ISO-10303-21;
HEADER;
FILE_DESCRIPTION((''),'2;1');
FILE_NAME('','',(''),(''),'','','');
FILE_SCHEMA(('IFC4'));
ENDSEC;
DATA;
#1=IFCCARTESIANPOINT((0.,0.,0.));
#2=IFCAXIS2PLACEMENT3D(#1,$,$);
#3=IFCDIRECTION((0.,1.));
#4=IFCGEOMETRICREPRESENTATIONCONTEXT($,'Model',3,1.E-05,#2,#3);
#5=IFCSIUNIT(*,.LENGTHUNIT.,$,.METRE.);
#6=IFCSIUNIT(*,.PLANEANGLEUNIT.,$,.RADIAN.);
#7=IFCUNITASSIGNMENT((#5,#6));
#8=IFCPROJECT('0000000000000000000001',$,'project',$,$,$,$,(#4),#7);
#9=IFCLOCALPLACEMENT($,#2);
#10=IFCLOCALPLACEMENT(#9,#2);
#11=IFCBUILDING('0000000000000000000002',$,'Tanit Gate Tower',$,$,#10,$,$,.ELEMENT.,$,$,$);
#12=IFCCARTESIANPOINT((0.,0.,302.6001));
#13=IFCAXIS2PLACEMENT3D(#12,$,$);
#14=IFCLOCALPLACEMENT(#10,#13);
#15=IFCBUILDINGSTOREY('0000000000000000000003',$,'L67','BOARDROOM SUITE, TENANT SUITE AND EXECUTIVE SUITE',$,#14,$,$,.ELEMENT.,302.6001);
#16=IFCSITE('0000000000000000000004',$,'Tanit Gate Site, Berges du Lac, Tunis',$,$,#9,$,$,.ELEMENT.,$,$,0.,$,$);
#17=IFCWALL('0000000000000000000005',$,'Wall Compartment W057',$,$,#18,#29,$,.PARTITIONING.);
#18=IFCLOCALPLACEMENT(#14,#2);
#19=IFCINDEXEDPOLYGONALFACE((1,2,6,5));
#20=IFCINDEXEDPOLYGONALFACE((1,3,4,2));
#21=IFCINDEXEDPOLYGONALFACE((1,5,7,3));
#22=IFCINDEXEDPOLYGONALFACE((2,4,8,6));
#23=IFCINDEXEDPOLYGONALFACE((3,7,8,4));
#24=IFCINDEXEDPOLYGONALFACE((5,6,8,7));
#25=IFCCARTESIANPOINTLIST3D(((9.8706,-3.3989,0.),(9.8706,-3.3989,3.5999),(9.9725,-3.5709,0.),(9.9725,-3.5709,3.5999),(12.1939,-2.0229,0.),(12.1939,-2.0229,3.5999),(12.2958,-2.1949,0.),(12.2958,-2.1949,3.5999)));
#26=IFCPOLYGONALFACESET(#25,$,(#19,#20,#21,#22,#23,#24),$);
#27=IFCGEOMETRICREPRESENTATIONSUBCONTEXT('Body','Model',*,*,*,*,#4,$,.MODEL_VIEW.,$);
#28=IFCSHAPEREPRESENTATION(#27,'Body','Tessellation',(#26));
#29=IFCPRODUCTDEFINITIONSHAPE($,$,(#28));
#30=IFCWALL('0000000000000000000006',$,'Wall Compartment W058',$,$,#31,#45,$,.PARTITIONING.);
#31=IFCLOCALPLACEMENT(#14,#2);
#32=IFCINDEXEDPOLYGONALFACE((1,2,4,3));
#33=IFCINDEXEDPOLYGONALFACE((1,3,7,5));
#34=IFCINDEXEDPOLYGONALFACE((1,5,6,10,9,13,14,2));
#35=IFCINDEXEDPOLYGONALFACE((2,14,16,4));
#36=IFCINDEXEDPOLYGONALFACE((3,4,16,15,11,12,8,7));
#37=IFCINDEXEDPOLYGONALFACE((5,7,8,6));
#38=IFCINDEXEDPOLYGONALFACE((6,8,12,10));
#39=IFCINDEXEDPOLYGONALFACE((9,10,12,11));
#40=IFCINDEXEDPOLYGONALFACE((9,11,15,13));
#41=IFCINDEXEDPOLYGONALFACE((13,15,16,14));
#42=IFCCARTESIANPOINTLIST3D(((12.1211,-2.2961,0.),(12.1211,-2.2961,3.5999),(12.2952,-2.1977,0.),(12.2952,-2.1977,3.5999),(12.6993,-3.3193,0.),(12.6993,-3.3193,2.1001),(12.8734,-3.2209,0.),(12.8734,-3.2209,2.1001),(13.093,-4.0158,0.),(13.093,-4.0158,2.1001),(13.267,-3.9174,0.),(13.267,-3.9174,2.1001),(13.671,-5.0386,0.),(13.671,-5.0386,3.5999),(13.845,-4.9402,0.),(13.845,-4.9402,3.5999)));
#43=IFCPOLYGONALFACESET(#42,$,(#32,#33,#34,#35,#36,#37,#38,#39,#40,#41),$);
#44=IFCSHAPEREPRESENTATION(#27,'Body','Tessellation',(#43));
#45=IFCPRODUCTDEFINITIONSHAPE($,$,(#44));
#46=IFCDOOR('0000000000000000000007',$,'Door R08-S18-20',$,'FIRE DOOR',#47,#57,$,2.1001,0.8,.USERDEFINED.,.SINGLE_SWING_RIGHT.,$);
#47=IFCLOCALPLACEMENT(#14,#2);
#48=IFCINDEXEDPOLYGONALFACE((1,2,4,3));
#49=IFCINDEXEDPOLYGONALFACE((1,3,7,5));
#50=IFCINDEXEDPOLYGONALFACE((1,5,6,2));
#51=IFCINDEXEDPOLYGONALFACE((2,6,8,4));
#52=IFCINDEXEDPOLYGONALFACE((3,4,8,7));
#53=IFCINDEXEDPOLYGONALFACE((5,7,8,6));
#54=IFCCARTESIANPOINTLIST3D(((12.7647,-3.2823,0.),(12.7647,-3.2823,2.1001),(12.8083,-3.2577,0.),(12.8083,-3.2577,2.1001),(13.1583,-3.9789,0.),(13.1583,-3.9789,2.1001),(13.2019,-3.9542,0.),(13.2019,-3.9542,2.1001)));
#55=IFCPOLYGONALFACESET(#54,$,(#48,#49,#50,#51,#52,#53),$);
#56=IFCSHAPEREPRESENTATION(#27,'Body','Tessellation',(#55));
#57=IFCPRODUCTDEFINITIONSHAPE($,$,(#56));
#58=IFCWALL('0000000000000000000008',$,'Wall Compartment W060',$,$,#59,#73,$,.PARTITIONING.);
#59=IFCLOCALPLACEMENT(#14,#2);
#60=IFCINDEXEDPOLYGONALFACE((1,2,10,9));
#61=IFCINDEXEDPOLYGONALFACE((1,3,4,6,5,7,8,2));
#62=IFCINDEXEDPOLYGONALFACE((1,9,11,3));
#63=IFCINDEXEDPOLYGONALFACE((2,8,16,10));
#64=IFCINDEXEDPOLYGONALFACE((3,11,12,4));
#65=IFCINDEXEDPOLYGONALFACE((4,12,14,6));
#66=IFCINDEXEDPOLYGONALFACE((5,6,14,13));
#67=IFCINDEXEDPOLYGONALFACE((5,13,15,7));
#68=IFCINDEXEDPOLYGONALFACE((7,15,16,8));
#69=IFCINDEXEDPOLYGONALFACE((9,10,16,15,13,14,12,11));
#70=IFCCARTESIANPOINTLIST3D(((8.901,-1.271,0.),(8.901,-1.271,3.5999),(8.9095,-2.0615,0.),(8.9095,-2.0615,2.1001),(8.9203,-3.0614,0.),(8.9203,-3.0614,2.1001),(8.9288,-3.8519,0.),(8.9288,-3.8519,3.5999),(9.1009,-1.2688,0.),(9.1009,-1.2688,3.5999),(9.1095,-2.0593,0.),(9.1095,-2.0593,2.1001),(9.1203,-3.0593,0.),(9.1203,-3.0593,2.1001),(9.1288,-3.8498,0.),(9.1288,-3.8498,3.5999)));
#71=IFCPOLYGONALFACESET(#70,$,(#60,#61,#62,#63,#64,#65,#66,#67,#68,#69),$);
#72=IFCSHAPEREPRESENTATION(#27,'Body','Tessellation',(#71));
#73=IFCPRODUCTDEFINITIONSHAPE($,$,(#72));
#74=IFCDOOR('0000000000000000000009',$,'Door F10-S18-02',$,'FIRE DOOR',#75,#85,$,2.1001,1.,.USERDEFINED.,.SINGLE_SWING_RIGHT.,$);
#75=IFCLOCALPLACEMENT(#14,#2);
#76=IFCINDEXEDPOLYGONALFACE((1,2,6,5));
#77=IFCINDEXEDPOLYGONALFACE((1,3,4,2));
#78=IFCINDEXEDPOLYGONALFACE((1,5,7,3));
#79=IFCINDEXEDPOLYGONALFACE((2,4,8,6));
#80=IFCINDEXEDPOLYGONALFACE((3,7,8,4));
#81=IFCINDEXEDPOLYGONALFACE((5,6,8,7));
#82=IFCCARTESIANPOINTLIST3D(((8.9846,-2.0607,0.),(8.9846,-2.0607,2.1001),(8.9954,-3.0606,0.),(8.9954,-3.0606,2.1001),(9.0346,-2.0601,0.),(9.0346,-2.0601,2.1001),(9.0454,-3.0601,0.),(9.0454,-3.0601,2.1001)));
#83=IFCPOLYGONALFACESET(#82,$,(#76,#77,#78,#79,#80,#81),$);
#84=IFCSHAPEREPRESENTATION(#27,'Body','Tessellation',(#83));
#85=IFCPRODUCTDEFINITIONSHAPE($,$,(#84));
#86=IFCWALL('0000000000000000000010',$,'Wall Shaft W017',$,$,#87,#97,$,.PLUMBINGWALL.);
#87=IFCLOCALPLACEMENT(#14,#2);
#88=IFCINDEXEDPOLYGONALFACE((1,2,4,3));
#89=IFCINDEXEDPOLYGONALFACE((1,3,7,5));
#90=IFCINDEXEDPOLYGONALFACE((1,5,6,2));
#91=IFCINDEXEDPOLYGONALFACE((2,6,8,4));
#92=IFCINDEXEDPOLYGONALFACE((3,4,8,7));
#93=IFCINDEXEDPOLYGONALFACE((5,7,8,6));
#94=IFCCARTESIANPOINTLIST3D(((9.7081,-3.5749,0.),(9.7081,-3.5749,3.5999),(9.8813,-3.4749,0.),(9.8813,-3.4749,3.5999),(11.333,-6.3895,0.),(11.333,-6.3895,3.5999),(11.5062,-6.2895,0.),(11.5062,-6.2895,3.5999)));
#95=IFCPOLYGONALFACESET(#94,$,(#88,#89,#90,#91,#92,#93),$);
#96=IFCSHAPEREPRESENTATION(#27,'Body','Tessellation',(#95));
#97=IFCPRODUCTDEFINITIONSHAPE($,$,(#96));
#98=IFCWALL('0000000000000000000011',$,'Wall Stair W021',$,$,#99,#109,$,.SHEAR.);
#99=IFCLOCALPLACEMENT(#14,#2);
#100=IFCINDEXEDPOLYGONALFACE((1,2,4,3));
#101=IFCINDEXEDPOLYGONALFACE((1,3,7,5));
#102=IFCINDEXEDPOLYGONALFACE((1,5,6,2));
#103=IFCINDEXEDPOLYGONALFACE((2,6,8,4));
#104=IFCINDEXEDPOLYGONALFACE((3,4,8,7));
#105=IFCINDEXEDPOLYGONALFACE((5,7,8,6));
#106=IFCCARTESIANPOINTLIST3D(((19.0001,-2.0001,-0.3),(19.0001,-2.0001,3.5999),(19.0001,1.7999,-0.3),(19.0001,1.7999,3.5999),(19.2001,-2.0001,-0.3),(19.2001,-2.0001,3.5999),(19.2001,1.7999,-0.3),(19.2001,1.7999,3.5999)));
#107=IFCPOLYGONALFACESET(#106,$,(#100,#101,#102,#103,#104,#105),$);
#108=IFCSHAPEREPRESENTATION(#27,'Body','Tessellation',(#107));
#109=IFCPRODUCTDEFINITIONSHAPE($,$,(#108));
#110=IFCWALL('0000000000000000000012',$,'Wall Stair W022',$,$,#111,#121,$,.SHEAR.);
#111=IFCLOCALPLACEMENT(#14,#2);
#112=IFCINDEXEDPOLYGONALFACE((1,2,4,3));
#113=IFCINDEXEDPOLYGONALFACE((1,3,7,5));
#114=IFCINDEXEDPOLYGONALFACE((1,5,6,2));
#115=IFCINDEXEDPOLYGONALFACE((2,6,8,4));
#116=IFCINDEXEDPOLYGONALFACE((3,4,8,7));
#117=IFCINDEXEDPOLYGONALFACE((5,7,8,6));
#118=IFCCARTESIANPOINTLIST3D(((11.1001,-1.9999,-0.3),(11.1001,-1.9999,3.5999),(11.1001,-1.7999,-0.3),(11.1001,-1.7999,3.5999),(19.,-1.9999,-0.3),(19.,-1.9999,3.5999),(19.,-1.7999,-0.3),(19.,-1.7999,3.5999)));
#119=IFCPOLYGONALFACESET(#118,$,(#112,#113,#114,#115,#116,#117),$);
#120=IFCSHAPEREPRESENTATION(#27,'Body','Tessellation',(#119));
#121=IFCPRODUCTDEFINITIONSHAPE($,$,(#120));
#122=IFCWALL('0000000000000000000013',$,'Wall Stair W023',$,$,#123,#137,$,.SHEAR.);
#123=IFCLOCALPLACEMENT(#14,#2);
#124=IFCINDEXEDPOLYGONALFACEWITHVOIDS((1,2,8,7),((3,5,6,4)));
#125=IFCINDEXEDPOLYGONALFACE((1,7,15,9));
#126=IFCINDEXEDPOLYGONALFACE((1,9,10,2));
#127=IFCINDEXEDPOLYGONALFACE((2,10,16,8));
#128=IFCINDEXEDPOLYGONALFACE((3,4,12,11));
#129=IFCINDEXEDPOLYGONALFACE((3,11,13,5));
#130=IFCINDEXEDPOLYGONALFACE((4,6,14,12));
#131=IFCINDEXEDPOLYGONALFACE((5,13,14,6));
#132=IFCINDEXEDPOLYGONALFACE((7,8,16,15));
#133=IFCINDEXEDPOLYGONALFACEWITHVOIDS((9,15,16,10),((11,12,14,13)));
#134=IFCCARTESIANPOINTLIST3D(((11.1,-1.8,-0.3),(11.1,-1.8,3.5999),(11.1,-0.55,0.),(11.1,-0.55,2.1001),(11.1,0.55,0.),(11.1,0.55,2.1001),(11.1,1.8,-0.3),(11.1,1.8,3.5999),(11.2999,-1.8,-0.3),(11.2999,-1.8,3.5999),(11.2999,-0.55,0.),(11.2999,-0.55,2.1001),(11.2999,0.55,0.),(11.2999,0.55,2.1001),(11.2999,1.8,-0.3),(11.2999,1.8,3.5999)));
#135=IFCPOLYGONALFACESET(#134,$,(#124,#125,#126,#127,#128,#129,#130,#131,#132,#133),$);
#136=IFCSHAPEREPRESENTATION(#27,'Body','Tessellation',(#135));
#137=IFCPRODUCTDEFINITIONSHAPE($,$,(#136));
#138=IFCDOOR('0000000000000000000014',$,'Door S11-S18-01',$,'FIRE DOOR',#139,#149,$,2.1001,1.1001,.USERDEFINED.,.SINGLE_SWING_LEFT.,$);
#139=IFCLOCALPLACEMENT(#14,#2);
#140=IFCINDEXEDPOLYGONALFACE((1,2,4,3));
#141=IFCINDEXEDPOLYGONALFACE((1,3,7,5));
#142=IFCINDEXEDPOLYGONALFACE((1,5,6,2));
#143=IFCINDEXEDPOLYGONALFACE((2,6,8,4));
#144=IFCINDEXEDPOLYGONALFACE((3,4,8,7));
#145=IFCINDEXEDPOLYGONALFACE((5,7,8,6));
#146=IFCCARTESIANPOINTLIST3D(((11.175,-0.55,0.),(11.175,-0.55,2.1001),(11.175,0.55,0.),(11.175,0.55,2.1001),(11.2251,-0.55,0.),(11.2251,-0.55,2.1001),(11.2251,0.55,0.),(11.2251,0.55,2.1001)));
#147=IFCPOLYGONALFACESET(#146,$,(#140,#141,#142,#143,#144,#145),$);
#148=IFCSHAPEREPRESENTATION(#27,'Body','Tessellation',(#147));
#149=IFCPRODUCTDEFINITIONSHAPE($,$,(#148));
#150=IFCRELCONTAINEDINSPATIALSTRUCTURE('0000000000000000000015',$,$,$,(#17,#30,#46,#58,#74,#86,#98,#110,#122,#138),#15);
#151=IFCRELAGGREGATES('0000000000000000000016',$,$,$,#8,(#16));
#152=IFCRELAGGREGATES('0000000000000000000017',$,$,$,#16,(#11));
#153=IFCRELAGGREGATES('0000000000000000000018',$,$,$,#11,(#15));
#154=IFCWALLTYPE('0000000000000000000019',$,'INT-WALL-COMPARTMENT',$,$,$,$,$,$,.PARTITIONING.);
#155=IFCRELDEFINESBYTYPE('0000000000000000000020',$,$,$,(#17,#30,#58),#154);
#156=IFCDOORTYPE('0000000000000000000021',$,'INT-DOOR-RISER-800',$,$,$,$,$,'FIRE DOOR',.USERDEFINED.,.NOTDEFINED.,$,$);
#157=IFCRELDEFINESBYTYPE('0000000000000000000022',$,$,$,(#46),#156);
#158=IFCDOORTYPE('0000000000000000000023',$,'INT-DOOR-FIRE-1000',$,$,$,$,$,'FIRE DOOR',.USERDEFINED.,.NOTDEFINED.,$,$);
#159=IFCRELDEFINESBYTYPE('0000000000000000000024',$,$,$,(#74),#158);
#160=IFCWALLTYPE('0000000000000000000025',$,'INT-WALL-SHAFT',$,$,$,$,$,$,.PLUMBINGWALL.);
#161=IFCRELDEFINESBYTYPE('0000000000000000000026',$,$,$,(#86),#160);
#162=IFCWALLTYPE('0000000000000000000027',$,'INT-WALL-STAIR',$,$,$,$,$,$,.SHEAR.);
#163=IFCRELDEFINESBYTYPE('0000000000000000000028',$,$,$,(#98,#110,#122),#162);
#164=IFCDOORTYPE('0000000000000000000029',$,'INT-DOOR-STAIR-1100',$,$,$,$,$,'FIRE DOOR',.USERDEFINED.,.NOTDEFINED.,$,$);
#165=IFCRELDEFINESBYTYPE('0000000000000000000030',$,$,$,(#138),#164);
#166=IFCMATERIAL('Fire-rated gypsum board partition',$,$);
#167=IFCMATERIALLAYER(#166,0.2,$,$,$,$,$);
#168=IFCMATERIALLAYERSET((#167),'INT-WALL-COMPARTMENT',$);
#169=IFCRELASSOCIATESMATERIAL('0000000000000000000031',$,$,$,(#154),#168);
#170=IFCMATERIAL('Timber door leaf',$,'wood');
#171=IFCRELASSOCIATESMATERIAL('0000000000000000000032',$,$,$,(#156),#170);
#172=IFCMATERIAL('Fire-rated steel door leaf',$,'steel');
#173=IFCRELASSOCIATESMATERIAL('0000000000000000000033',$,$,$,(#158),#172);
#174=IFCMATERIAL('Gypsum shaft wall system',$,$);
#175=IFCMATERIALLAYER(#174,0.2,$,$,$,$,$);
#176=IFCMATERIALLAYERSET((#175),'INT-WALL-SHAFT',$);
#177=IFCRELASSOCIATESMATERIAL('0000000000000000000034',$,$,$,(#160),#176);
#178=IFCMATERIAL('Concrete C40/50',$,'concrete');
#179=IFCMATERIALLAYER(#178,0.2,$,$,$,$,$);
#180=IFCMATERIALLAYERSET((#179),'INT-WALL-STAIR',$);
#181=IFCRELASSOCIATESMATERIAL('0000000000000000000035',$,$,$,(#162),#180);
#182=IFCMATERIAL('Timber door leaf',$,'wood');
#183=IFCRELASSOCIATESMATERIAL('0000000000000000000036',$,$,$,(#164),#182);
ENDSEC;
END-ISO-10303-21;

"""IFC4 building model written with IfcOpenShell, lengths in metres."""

from ifc_helpers import new_model, si_unit, direction, frame, frame_2d, origin, place, context, subcontext, project, spatial, rectangle, extrude, material, layer, layer_set, type_object, element, fill, save


model = new_model("IFC4")

# Units and contexts
model_context = context("Model", 3, precision=1e-05, world=origin(), true_north=direction((0.0, 1.0)))
body_context = subcontext(model_context, "Body", "Model", "MODEL_VIEW")
ifc_project = project(units=[si_unit("LENGTHUNIT", "METRE"), si_unit("PLANEANGLEUNIT", "RADIAN")], contexts=[model_context])

# Site, building, storey
site_placement = place(None, origin())
site = spatial("IfcSite", under=ifc_project, at=site_placement, Name="Tanit Gate Site, Berges du Lac, Tunis", CompositionType="ELEMENT", RefElevation=0.0)
building_placement = place(site_placement, origin())
building = spatial("IfcBuilding", under=site, at=building_placement, Name="Tanit Gate Tower", CompositionType="ELEMENT")
storey_placement = place(building_placement, frame((0.0, 0.0, 302.6001)))
storey = spatial("IfcBuildingStorey", under=building, at=storey_placement, Name="L67", Description="BOARDROOM SUITE, TENANT SUITE AND EXECUTIVE SUITE", CompositionType="ELEMENT", Elevation=302.6001)

# Wall
ifc_material_1 = material(Name="Fire-rated gypsum board partition")
ifc_layer_1 = layer(ifc_material_1, 0.2)
ifc_layer_set_1 = layer_set([ifc_layer_1], Name="INT-WALL-COMPARTMENT")
wall_type_1 = type_object("IfcWallType", Name="INT-WALL-COMPARTMENT", PredefinedType="PARTITIONING", material=ifc_layer_set_1)
wall_1_placement = place(storey_placement, frame((12.2449, -2.1089, 0.0), z_axis=(0.0, 0.0, 1.0), x_axis=(-0.860415, -0.509594, 0.0)))
element("IfcWall", 1, at=wall_1_placement, inside=storey, type_object=wall_type_1, Name="Wall Compartment W057", PredefinedType="PARTITIONING", context=body_context, shape_type="SweptSolid", body=[
    extrude(rectangle(XDim=2.7002, YDim=0.2, at=frame_2d((1.3501, 0.0))), origin(), (0.0, 0.0, 1.0), 3.5999),
])

# Walls, openings, doors
wall_2_placement = place(storey_placement, frame((13.7581, -4.9895, 0.0), z_axis=(0.0, 0.0, 1.0), x_axis=(-0.491993, 0.870599, 0.0)))
wall_2 = element("IfcWall", 2, at=wall_2_placement, inside=storey, type_object=wall_type_1, Name="Wall Compartment W058", PredefinedType="PARTITIONING", context=body_context, shape_type="SweptSolid", body=[
    extrude(rectangle(XDim=3.1501, YDim=0.2, at=frame_2d((1.5752, 0.0))), origin(), (0.0, 0.0, 1.0), 3.5999),
])
opening_1_placement = place(wall_2_placement, frame((1.175, 0.0, 0.0)))
opening_1 = element("IfcOpeningElement", 3, at=opening_1_placement, cuts=wall_2, PredefinedType="OPENING", context=body_context, shape_type="SweptSolid", body=[
    extrude(rectangle(XDim=0.8, YDim=2.1001, at=frame_2d((0.3999, 1.05))), frame((0.0, 0.1099, 0.0), z_axis=(0.0, -1.0, 0.0), x_axis=(1.0, 0.0, 0.0)), (0.0, 0.0, 1.0), 0.22),
])
ifc_material_2 = material(Name="Timber door leaf", Category="wood")
door_type_1 = type_object("IfcDoorType", Name="INT-DOOR-RISER-800", ElementType="FIRE DOOR", OperationType="NOTDEFINED", PredefinedType="USERDEFINED", material=ifc_material_2)
door_1_placement = place(opening_1_placement, origin())
door_1 = element("IfcDoor", 4, at=door_1_placement, inside=storey, type_object=door_type_1, Name="Door R08-S18-20", ObjectType="FIRE DOOR", OperationType="SINGLE_SWING_RIGHT", OverallHeight=2.1001, OverallWidth=0.8, PredefinedType="USERDEFINED", context=body_context, shape_type="SweptSolid", body=[
    extrude(rectangle(XDim=0.8, YDim=2.1001, at=frame_2d((0.3999, 1.05))), frame((0.0, 0.0249, 0.0), z_axis=(0.0, -1.0, 0.0), x_axis=(1.0, 0.0, 0.0)), (0.0, 0.0, 1.0), 0.05),
])
fill(opening_1, door_1)
wall_3_placement = place(storey_placement, frame((9.0288, -3.8508, 0.0), z_axis=(0.0, 0.0, 1.0), x_axis=(-0.010784, 0.999942, 0.0)))
wall_3 = element("IfcWall", 5, at=wall_3_placement, inside=storey, type_object=wall_type_1, Name="Wall Compartment W060", PredefinedType="PARTITIONING", context=body_context, shape_type="SweptSolid", body=[
    extrude(rectangle(XDim=2.5811, YDim=0.2, at=frame_2d((1.2905, 0.0))), origin(), (0.0, 0.0, 1.0), 3.5999),
])
opening_2_placement = place(wall_3_placement, frame((0.7905, 0.0, 0.0)))
opening_2 = element("IfcOpeningElement", 6, at=opening_2_placement, cuts=wall_3, PredefinedType="OPENING", context=body_context, shape_type="SweptSolid", body=[
    extrude(rectangle(XDim=1.0, YDim=2.1001, at=frame_2d((0.5, 1.05))), frame((0.0, 0.1099, 0.0), z_axis=(0.0, -1.0, 0.0), x_axis=(1.0, 0.0, 0.0)), (0.0, 0.0, 1.0), 0.22),
])
ifc_material_3 = material(Name="Fire-rated steel door leaf", Category="steel")
door_type_2 = type_object("IfcDoorType", Name="INT-DOOR-FIRE-1000", ElementType="FIRE DOOR", OperationType="NOTDEFINED", PredefinedType="USERDEFINED", material=ifc_material_3)
door_2_placement = place(opening_2_placement, origin())
door_2 = element("IfcDoor", 7, at=door_2_placement, inside=storey, type_object=door_type_2, Name="Door F10-S18-02", ObjectType="FIRE DOOR", OperationType="SINGLE_SWING_RIGHT", OverallHeight=2.1001, OverallWidth=1.0, PredefinedType="USERDEFINED", context=body_context, shape_type="SweptSolid", body=[
    extrude(rectangle(XDim=1.0, YDim=2.1001, at=frame_2d((0.5, 1.05))), frame((0.0, 0.0249, 0.0), z_axis=(0.0, -1.0, 0.0), x_axis=(1.0, 0.0, 0.0)), (0.0, 0.0, 1.0), 0.05),
])
fill(opening_2, door_2)

# Walls
ifc_material_4 = material(Name="Gypsum shaft wall system")
ifc_layer_2 = layer(ifc_material_4, 0.2)
ifc_layer_set_2 = layer_set([ifc_layer_2], Name="INT-WALL-SHAFT")
wall_type_2 = type_object("IfcWallType", Name="INT-WALL-SHAFT", PredefinedType="PLUMBINGWALL", material=ifc_layer_set_2)
wall_4_placement = place(storey_placement, frame((9.7947, -3.5249, 0.0), z_axis=(0.0, 0.0, 1.0), x_axis=(0.499985, -0.866034, 0.0)))
element("IfcWall", 8, at=wall_4_placement, inside=storey, type_object=wall_type_2, Name="Wall Shaft W017", PredefinedType="PLUMBINGWALL", context=body_context, shape_type="SweptSolid", body=[
    extrude(rectangle(XDim=3.25, YDim=0.2, at=frame_2d((1.625, 0.0))), origin(), (0.0, 0.0, 1.0), 3.5999),
])
ifc_material_5 = material(Name="Concrete C40/50", Category="concrete")
ifc_layer_3 = layer(ifc_material_5, 0.2)
ifc_layer_set_3 = layer_set([ifc_layer_3], Name="INT-WALL-STAIR")
wall_type_3 = type_object("IfcWallType", Name="INT-WALL-STAIR", PredefinedType="SHEAR", material=ifc_layer_set_3)
wall_5_placement = place(storey_placement, frame((19.1001, -2.0, -0.3), z_axis=(0.0, 0.0, 1.0), x_axis=(0.0, 1.0, 0.0)))
element("IfcWall", 9, at=wall_5_placement, inside=storey, type_object=wall_type_3, Name="Wall Stair W021", PredefinedType="SHEAR", context=body_context, shape_type="SweptSolid", body=[
    extrude(rectangle(XDim=3.8, YDim=0.2, at=frame_2d((1.8999, 0.0))), origin(), (0.0, 0.0, 1.0), 3.8999),
])
wall_6_placement = place(storey_placement, frame((11.1001, -1.8999, -0.3), z_axis=(0.0, 0.0, 1.0), x_axis=(1.0, 0.0, 0.0)))
element("IfcWall", 10, at=wall_6_placement, inside=storey, type_object=wall_type_3, Name="Wall Stair W022", PredefinedType="SHEAR", context=body_context, shape_type="SweptSolid", body=[
    extrude(rectangle(XDim=7.8999, YDim=0.2, at=frame_2d((3.95, 0.0))), origin(), (0.0, 0.0, 1.0), 3.8999),
])

# Wall, opening, door
wall_7_placement = place(storey_placement, frame((11.2, -1.8, -0.3), z_axis=(0.0, 0.0, 1.0), x_axis=(0.0, 1.0, 0.0)))
wall_7 = element("IfcWall", 11, at=wall_7_placement, inside=storey, type_object=wall_type_3, Name="Wall Stair W023", PredefinedType="SHEAR", context=body_context, shape_type="SweptSolid", body=[
    extrude(rectangle(XDim=3.6001, YDim=0.2, at=frame_2d((1.8, 0.0))), origin(), (0.0, 0.0, 1.0), 3.8999),
])
opening_3_placement = place(wall_7_placement, frame((1.25, 0.0, 0.3)))
opening_3 = element("IfcOpeningElement", 12, at=opening_3_placement, cuts=wall_7, PredefinedType="OPENING", context=body_context, shape_type="SweptSolid", body=[
    extrude(rectangle(XDim=1.1001, YDim=2.1001, at=frame_2d((0.55, 1.05))), frame((0.0, 0.1099, 0.0), z_axis=(0.0, -1.0, 0.0), x_axis=(1.0, 0.0, 0.0)), (0.0, 0.0, 1.0), 0.22),
])
ifc_material_6 = material(Name="Timber door leaf", Category="wood")
door_type_3 = type_object("IfcDoorType", Name="INT-DOOR-STAIR-1100", ElementType="FIRE DOOR", OperationType="NOTDEFINED", PredefinedType="USERDEFINED", material=ifc_material_6)
door_3_placement = place(opening_3_placement, origin())
door_3 = element("IfcDoor", 13, at=door_3_placement, inside=storey, type_object=door_type_3, Name="Door S11-S18-01", ObjectType="FIRE DOOR", OperationType="SINGLE_SWING_LEFT", OverallHeight=2.1001, OverallWidth=1.1001, PredefinedType="USERDEFINED", context=body_context, shape_type="SweptSolid", body=[
    extrude(rectangle(XDim=1.1001, YDim=2.1001, at=frame_2d((0.55, 1.05))), frame((0.0, 0.0249, 0.0), z_axis=(0.0, -1.0, 0.0), x_axis=(1.0, 0.0, 0.0)), (0.0, 0.0, 1.0), 0.05),
])
fill(opening_3, door_3)

save(model, "model.ifc")
